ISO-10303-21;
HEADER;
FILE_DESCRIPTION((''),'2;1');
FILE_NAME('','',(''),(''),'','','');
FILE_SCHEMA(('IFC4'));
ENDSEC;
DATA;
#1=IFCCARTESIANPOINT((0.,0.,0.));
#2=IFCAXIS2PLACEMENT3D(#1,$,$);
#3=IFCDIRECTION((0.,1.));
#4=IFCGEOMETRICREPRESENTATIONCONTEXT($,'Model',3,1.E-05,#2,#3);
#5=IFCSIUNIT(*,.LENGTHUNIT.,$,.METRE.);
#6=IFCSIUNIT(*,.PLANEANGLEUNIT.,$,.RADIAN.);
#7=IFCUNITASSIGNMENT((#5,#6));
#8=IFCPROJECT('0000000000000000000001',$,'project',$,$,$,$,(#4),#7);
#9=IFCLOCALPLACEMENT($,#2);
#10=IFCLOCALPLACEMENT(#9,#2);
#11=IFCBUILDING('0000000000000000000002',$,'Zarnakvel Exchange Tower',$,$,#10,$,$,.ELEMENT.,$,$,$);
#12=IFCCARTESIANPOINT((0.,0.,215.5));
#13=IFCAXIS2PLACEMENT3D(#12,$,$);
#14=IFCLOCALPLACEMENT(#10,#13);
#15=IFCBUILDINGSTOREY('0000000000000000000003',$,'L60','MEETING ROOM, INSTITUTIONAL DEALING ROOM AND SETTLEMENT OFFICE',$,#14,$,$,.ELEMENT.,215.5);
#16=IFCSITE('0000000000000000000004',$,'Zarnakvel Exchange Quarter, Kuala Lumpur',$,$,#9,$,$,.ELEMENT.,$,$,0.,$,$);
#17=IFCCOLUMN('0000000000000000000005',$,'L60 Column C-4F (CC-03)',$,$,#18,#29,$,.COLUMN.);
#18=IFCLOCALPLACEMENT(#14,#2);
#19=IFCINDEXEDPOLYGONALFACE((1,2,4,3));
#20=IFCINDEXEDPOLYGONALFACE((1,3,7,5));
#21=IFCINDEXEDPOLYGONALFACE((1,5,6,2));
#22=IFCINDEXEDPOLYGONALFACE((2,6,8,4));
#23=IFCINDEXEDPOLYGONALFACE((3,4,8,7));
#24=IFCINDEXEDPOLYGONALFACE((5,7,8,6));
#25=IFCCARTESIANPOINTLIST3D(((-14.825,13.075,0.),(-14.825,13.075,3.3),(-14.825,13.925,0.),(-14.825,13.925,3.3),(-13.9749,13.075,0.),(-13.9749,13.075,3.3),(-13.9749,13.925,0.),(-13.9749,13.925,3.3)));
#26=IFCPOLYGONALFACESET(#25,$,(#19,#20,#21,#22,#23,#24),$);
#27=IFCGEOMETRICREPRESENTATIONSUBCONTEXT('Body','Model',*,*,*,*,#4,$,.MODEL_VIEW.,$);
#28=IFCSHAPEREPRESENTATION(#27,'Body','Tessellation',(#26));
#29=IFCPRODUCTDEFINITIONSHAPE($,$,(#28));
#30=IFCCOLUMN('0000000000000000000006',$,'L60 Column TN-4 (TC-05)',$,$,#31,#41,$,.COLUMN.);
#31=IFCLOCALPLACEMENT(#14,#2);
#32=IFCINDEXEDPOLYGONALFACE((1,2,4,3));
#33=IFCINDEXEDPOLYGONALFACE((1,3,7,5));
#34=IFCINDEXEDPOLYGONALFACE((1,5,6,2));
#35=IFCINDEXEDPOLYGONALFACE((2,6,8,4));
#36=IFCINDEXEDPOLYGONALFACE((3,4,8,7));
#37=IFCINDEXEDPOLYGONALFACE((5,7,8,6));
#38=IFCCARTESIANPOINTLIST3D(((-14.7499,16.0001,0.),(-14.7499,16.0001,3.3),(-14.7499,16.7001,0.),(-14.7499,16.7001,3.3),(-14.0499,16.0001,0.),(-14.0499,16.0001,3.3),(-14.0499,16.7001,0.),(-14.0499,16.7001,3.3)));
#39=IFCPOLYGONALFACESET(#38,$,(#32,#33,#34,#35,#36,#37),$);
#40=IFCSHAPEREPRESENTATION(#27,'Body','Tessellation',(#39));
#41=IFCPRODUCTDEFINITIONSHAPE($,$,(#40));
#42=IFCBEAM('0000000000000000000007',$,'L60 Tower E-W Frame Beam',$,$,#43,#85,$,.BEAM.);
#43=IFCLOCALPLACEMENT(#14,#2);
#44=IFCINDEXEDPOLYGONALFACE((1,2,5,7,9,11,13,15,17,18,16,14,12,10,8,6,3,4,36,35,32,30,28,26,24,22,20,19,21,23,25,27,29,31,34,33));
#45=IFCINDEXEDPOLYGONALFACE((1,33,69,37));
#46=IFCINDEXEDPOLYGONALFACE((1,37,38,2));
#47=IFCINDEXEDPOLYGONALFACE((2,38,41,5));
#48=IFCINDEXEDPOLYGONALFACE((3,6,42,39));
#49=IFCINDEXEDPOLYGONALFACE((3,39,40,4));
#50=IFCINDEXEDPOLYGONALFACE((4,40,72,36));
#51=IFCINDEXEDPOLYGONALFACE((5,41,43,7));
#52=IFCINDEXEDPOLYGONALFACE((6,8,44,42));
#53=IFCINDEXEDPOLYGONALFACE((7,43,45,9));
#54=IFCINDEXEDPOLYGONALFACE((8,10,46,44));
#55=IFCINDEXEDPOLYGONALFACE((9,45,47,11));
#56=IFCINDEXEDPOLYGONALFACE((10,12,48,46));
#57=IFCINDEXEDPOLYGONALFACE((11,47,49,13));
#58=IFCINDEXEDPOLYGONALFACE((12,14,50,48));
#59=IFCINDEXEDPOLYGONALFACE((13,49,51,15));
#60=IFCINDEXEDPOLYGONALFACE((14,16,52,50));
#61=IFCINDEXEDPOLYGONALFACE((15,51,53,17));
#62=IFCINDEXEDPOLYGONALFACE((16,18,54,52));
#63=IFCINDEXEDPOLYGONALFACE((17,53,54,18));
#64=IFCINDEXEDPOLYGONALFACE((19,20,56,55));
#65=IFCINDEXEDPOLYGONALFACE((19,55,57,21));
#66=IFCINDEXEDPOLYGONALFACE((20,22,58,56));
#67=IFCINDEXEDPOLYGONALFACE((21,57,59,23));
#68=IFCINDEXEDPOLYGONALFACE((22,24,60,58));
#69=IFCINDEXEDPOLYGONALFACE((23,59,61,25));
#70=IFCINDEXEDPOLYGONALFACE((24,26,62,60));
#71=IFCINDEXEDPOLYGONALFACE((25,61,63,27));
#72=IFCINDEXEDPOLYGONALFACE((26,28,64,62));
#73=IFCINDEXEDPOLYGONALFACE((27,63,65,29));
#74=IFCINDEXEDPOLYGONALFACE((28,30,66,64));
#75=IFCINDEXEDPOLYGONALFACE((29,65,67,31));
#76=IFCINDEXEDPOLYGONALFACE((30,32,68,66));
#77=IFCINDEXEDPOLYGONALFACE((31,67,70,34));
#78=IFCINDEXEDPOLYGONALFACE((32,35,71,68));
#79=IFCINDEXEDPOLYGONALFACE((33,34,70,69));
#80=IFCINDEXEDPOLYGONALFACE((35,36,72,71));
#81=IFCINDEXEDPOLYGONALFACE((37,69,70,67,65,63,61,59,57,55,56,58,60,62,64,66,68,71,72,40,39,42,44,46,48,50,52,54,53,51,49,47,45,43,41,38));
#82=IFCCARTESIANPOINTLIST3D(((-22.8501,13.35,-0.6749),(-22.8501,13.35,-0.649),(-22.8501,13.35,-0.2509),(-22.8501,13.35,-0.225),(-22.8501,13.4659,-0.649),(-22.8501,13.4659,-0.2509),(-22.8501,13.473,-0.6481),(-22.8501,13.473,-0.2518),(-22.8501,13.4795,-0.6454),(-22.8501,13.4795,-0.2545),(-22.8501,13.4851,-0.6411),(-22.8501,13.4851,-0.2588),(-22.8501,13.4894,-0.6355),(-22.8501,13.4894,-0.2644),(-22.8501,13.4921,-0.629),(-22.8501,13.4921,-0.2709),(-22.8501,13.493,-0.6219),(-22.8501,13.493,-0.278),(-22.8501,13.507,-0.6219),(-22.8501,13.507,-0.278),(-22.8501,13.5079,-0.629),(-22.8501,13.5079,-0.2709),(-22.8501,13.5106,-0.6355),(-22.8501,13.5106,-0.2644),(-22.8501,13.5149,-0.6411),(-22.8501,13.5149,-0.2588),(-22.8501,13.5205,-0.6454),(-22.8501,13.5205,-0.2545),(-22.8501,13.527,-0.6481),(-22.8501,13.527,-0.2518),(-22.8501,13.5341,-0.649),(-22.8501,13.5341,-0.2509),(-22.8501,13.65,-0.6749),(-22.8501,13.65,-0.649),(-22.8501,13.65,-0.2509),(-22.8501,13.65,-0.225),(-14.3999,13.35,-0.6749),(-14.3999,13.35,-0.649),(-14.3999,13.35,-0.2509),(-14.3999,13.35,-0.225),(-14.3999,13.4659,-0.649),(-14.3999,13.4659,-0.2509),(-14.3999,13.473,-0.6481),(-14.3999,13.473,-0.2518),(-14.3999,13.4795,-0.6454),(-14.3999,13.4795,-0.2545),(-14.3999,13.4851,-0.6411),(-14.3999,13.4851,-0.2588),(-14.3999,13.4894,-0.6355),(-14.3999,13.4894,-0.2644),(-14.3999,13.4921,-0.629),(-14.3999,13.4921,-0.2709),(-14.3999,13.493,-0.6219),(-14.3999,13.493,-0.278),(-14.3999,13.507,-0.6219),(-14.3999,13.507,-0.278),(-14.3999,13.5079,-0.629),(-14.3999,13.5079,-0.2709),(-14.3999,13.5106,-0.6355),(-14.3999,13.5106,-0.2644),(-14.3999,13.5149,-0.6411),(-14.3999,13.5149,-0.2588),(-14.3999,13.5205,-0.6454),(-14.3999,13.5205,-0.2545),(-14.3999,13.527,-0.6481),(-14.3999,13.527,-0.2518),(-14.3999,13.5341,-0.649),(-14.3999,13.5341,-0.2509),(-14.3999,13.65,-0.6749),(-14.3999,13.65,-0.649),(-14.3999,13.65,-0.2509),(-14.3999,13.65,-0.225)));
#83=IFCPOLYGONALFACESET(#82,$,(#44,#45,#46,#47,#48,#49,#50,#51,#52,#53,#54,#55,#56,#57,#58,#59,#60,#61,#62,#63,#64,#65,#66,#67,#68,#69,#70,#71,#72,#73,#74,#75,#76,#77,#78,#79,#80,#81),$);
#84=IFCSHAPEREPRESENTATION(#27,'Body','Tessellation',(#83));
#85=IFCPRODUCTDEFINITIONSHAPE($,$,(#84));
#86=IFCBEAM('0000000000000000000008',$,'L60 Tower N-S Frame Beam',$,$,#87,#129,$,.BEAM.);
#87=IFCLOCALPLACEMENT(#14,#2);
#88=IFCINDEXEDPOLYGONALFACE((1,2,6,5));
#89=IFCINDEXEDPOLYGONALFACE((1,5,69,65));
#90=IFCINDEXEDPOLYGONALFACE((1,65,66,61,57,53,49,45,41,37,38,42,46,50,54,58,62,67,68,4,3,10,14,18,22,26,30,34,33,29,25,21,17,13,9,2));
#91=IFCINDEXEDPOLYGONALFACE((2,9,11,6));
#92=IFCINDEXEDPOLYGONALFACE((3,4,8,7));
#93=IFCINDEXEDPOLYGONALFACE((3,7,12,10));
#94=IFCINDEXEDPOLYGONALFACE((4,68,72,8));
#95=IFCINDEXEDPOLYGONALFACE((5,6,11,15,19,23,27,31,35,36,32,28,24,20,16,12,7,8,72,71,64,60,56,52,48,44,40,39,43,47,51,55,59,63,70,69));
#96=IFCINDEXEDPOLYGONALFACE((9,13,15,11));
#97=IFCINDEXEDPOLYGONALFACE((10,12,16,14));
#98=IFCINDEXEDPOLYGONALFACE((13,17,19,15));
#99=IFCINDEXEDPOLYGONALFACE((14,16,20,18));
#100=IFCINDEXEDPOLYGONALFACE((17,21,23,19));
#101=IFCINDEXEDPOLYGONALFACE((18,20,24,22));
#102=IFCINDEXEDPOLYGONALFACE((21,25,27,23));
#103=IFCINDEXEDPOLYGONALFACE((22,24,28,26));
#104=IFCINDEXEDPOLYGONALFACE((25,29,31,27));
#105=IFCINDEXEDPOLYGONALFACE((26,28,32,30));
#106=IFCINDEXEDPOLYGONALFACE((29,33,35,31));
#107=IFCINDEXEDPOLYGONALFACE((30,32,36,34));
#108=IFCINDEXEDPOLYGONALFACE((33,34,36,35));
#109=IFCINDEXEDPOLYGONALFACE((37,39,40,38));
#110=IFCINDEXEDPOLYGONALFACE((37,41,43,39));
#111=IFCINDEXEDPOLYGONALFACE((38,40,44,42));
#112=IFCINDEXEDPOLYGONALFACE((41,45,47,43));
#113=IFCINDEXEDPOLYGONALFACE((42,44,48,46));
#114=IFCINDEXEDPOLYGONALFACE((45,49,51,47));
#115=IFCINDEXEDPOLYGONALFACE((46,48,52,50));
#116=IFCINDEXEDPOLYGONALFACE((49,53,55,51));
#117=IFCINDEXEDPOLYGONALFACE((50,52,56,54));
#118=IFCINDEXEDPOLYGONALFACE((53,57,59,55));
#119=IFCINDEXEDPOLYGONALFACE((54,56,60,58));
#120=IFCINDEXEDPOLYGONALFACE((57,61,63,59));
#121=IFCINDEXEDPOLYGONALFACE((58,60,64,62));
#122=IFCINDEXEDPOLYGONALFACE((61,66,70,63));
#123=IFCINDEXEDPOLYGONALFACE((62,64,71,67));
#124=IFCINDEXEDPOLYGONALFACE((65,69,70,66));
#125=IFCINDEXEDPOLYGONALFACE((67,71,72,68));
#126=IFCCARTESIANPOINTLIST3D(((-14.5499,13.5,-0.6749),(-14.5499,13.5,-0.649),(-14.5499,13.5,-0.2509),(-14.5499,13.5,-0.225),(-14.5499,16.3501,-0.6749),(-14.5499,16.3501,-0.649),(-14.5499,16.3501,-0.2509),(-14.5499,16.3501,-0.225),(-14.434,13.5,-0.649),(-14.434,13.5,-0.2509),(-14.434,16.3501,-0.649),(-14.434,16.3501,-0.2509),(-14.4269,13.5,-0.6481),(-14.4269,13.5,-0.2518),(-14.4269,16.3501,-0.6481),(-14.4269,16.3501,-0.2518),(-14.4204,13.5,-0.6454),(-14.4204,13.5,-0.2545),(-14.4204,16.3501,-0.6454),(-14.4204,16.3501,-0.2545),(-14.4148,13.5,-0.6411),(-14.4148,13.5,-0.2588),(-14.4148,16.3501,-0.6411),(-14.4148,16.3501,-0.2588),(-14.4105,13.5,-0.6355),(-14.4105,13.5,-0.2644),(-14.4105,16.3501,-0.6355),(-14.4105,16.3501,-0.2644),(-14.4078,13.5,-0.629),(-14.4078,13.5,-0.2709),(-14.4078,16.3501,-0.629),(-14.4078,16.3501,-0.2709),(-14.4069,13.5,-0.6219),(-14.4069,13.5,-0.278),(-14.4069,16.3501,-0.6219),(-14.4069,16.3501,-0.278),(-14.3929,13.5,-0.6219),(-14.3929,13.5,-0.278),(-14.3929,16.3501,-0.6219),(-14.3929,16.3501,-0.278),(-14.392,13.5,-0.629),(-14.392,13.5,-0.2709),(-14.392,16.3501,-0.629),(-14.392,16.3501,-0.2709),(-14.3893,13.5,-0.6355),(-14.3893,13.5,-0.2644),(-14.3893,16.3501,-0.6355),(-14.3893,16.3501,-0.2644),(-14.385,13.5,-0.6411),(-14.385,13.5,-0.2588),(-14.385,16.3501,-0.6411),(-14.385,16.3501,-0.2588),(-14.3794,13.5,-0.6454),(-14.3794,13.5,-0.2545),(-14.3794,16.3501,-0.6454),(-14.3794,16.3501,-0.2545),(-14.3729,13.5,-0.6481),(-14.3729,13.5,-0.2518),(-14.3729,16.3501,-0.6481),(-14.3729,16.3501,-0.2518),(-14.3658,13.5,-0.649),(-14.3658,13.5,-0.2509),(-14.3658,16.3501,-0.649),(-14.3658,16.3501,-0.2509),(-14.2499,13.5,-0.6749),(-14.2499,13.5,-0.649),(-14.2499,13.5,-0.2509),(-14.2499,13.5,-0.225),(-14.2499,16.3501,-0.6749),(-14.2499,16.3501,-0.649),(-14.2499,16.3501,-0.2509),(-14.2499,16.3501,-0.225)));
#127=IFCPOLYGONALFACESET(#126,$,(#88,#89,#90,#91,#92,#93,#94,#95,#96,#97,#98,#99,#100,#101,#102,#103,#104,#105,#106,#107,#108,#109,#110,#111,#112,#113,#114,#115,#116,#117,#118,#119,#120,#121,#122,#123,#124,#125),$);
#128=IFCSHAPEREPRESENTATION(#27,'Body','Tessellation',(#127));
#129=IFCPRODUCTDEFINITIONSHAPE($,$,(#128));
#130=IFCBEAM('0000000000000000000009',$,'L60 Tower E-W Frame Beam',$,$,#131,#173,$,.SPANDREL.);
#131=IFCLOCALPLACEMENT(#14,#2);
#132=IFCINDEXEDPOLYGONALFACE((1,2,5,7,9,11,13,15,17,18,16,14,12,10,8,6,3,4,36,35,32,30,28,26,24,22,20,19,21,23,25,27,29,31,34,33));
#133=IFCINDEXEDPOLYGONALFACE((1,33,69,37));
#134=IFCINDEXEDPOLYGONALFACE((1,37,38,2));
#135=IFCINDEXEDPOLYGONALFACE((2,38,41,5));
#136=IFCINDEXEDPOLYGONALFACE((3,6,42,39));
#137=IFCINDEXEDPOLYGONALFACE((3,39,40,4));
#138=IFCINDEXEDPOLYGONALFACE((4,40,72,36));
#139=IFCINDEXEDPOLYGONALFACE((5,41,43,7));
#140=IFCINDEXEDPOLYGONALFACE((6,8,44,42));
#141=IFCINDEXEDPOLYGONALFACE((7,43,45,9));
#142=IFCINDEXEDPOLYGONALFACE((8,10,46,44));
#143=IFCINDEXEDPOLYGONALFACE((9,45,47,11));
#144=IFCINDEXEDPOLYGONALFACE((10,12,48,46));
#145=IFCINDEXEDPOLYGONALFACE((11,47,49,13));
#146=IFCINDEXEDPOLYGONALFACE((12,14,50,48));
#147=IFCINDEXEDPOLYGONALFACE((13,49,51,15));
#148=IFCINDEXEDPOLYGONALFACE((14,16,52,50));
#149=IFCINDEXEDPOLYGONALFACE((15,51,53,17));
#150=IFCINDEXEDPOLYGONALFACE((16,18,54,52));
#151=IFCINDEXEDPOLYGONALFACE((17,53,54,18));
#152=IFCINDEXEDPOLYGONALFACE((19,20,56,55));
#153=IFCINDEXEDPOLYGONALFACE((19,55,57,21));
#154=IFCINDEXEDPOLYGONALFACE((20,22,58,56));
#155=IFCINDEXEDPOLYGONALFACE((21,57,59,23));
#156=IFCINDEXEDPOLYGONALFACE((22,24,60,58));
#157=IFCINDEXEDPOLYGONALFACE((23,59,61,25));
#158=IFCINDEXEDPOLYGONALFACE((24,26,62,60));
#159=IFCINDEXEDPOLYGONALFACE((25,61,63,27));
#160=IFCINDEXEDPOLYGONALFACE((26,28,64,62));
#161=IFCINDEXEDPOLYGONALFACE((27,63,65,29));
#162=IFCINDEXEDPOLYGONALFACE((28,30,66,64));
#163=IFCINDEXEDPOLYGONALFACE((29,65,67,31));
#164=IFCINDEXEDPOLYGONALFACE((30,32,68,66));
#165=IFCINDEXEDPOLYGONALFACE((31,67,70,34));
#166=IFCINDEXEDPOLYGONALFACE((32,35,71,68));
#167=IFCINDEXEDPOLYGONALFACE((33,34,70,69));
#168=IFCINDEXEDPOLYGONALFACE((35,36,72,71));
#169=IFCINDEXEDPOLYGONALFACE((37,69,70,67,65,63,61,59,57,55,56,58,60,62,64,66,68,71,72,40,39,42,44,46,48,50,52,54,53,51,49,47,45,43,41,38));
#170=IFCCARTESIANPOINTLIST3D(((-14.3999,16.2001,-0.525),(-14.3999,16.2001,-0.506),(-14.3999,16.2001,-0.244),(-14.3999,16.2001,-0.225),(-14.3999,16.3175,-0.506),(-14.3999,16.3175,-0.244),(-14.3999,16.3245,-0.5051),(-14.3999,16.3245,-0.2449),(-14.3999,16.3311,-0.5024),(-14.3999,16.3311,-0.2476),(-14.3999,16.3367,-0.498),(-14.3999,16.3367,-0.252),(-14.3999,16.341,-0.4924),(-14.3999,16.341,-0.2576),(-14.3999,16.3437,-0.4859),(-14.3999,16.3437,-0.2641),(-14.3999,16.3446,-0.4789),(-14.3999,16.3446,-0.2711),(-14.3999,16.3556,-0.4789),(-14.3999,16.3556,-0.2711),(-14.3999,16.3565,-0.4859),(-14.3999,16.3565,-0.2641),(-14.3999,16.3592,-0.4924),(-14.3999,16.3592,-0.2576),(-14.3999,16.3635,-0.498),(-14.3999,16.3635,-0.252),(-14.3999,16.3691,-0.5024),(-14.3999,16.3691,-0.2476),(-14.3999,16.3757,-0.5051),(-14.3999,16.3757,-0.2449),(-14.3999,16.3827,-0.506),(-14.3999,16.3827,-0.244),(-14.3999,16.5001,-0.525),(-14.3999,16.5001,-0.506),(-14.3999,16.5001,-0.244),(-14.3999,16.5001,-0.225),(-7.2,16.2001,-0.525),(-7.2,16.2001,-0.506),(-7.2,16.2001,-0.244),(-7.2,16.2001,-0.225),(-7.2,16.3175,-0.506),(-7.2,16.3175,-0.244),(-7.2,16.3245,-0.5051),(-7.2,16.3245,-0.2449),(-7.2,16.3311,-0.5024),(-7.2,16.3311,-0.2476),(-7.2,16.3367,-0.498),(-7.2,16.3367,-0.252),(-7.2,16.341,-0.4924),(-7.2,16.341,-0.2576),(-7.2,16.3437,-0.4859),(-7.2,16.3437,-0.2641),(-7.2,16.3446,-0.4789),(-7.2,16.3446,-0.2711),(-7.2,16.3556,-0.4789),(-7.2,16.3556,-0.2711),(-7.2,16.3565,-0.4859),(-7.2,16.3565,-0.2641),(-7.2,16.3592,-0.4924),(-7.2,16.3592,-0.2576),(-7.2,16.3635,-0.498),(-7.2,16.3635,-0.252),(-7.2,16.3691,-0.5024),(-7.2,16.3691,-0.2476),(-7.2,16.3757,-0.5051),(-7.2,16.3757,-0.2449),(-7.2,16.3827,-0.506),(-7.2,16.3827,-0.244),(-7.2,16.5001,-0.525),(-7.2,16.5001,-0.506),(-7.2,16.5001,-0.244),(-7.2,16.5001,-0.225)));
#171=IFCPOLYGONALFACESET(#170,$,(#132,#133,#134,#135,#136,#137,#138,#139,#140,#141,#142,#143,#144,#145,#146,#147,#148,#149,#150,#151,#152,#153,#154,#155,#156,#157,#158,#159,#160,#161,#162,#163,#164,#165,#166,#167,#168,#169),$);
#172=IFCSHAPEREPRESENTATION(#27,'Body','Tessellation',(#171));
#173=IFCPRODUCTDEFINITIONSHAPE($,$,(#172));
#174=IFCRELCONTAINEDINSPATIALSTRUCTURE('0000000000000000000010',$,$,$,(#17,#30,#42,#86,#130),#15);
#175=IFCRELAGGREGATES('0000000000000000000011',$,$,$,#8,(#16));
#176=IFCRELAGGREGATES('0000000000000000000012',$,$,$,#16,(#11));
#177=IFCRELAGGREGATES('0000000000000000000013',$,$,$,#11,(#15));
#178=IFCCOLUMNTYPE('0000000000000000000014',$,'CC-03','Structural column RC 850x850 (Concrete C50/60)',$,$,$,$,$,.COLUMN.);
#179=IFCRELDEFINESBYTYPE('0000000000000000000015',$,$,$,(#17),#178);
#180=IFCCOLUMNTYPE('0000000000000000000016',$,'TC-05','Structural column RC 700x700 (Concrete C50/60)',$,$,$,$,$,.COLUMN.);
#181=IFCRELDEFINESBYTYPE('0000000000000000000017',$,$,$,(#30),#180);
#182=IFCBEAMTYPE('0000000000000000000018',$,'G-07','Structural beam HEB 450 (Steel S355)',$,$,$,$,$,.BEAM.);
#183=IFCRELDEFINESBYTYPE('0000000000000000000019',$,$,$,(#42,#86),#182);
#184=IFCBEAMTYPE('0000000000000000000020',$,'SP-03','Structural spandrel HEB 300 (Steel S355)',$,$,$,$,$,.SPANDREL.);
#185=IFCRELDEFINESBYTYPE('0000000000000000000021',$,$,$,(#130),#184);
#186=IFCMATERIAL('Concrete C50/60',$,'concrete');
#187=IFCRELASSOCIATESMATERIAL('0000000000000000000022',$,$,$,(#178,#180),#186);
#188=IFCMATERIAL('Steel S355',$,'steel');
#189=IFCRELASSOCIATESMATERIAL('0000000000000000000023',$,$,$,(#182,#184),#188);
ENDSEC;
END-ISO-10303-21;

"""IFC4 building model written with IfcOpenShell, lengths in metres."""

from ifc_helpers import new_model, si_unit, direction, frame, origin, origin_2d, place, context, subcontext, project, spatial, rectangle, i_section, extrude, material, material_profile, profile_set, type_object, element, save


model = new_model("IFC4")

# Units and contexts
model_context = context("Model", 3, precision=1e-05, world=origin(), true_north=direction((0.0, 1.0)))
body_context = subcontext(model_context, "Body", "Model", "MODEL_VIEW")
ifc_project = project(units=[si_unit("LENGTHUNIT", "METRE"), si_unit("PLANEANGLEUNIT", "RADIAN")], contexts=[model_context])

# Site, building, storey
site_placement = place(None, origin())
site = spatial("IfcSite", under=ifc_project, at=site_placement, Name="Zarnakvel Exchange Quarter, Kuala Lumpur", CompositionType="ELEMENT", RefElevation=0.0)
building_placement = place(site_placement, origin())
building = spatial("IfcBuilding", under=site, at=building_placement, Name="Zarnakvel Exchange Tower", CompositionType="ELEMENT")
storey_placement = place(building_placement, frame((0.0, 0.0, 215.5)))
storey = spatial("IfcBuildingStorey", under=building, at=storey_placement, Name="L60", Description="MEETING ROOM, INSTITUTIONAL DEALING ROOM AND SETTLEMENT OFFICE", CompositionType="ELEMENT", Elevation=215.5)

# Columns
ifc_material_1 = material(Name="Concrete C50/60", Category="concrete")
ifc_material_profile_1 = material_profile(ifc_material_1, rectangle(XDim=0.8501, YDim=0.8501, at=origin_2d()))
ifc_profile_set_1 = profile_set([ifc_material_profile_1], Name="Concrete C50/60")
column_type_1 = type_object("IfcColumnType", Name="CC-03", Description="Structural column RC 850x850 (Concrete C50/60)", PredefinedType="COLUMN", material=ifc_profile_set_1)
column_1_placement = place(storey_placement, frame((-14.3999, 13.5, 0.0), z_axis=(0.0, 0.0, 1.0), x_axis=(1.0, 0.0, 0.0)))
element("IfcColumn", 1, at=column_1_placement, inside=storey, type_object=column_type_1, Name="L60 Column C-4F (CC-03)", PredefinedType="COLUMN", context=body_context, shape_type="SweptSolid", body=[
    extrude(rectangle(XDim=0.8501, YDim=0.8501, at=origin_2d()), origin(), (0.0, 0.0, 1.0), 3.3),
])
ifc_material_profile_2 = material_profile(ifc_material_1, rectangle(XDim=0.7, YDim=0.7, at=origin_2d()))
ifc_profile_set_2 = profile_set([ifc_material_profile_2], Name="Concrete C50/60")
column_type_2 = type_object("IfcColumnType", Name="TC-05", Description="Structural column RC 700x700 (Concrete C50/60)", PredefinedType="COLUMN", material=ifc_profile_set_2)
column_2_placement = place(storey_placement, frame((-14.3999, 16.3501, 0.0), z_axis=(0.0, 0.0, 1.0), x_axis=(1.0, 0.0, 0.0)))
element("IfcColumn", 2, at=column_2_placement, inside=storey, type_object=column_type_2, Name="L60 Column TN-4 (TC-05)", PredefinedType="COLUMN", context=body_context, shape_type="SweptSolid", body=[
    extrude(rectangle(XDim=0.7, YDim=0.7, at=origin_2d()), origin(), (0.0, 0.0, 1.0), 3.3),
])

# Beams
ifc_material_2 = material(Name="Steel S355", Category="steel")
ifc_material_profile_3 = material_profile(ifc_material_2, i_section(OverallWidth=0.3, OverallDepth=0.45, WebThickness=0.0139, FlangeThickness=0.0259, FilletRadius=0.0271, at=origin_2d()))
ifc_profile_set_3 = profile_set([ifc_material_profile_3], Name="Steel S355")
beam_type_1 = type_object("IfcBeamType", Name="G-07", Description="Structural beam HEB 450 (Steel S355)", PredefinedType="BEAM", material=ifc_profile_set_3)
beam_1_placement = place(storey_placement, frame((-22.8501, 13.5, -0.45), z_axis=(1.0, 0.0, 0.0), x_axis=(0.0, 1.0, 0.0)))
element("IfcBeam", 3, at=beam_1_placement, inside=storey, type_object=beam_type_1, Name="L60 Tower E-W Frame Beam", PredefinedType="BEAM", context=body_context, shape_type="SweptSolid", body=[
    extrude(i_section(OverallWidth=0.3, OverallDepth=0.45, WebThickness=0.0139, FlangeThickness=0.0259, FilletRadius=0.0271, at=origin_2d()), origin(), (0.0, 0.0, 1.0), 8.4502),
])
beam_2_placement = place(storey_placement, frame((-14.3999, 13.5, -0.45), z_axis=(0.0, 1.0, 0.0), x_axis=(-1.0, 0.0, 0.0)))
element("IfcBeam", 4, at=beam_2_placement, inside=storey, type_object=beam_type_1, Name="L60 Tower N-S Frame Beam", PredefinedType="BEAM", context=body_context, shape_type="SweptSolid", body=[
    extrude(i_section(OverallWidth=0.3, OverallDepth=0.45, WebThickness=0.0139, FlangeThickness=0.0259, FilletRadius=0.0271, at=origin_2d()), origin(), (0.0, 0.0, 1.0), 2.8501),
])
ifc_material_profile_4 = material_profile(ifc_material_2, i_section(OverallWidth=0.3, OverallDepth=0.3, WebThickness=0.011, FlangeThickness=0.019, FilletRadius=0.0271, at=origin_2d()))
ifc_profile_set_4 = profile_set([ifc_material_profile_4], Name="Steel S355")
beam_type_2 = type_object("IfcBeamType", Name="SP-03", Description="Structural spandrel HEB 300 (Steel S355)", PredefinedType="SPANDREL", material=ifc_profile_set_4)
beam_3_placement = place(storey_placement, frame((-14.3999, 16.3501, -0.375), z_axis=(1.0, 0.0, 0.0), x_axis=(0.0, 1.0, 0.0)))
element("IfcBeam", 5, at=beam_3_placement, inside=storey, type_object=beam_type_2, Name="L60 Tower E-W Frame Beam", PredefinedType="SPANDREL", context=body_context, shape_type="SweptSolid", body=[
    extrude(i_section(OverallWidth=0.3, OverallDepth=0.3, WebThickness=0.011, FlangeThickness=0.019, FilletRadius=0.0271, at=origin_2d()), origin(), (0.0, 0.0, 1.0), 7.2),
])

save(model, "model.ifc")
